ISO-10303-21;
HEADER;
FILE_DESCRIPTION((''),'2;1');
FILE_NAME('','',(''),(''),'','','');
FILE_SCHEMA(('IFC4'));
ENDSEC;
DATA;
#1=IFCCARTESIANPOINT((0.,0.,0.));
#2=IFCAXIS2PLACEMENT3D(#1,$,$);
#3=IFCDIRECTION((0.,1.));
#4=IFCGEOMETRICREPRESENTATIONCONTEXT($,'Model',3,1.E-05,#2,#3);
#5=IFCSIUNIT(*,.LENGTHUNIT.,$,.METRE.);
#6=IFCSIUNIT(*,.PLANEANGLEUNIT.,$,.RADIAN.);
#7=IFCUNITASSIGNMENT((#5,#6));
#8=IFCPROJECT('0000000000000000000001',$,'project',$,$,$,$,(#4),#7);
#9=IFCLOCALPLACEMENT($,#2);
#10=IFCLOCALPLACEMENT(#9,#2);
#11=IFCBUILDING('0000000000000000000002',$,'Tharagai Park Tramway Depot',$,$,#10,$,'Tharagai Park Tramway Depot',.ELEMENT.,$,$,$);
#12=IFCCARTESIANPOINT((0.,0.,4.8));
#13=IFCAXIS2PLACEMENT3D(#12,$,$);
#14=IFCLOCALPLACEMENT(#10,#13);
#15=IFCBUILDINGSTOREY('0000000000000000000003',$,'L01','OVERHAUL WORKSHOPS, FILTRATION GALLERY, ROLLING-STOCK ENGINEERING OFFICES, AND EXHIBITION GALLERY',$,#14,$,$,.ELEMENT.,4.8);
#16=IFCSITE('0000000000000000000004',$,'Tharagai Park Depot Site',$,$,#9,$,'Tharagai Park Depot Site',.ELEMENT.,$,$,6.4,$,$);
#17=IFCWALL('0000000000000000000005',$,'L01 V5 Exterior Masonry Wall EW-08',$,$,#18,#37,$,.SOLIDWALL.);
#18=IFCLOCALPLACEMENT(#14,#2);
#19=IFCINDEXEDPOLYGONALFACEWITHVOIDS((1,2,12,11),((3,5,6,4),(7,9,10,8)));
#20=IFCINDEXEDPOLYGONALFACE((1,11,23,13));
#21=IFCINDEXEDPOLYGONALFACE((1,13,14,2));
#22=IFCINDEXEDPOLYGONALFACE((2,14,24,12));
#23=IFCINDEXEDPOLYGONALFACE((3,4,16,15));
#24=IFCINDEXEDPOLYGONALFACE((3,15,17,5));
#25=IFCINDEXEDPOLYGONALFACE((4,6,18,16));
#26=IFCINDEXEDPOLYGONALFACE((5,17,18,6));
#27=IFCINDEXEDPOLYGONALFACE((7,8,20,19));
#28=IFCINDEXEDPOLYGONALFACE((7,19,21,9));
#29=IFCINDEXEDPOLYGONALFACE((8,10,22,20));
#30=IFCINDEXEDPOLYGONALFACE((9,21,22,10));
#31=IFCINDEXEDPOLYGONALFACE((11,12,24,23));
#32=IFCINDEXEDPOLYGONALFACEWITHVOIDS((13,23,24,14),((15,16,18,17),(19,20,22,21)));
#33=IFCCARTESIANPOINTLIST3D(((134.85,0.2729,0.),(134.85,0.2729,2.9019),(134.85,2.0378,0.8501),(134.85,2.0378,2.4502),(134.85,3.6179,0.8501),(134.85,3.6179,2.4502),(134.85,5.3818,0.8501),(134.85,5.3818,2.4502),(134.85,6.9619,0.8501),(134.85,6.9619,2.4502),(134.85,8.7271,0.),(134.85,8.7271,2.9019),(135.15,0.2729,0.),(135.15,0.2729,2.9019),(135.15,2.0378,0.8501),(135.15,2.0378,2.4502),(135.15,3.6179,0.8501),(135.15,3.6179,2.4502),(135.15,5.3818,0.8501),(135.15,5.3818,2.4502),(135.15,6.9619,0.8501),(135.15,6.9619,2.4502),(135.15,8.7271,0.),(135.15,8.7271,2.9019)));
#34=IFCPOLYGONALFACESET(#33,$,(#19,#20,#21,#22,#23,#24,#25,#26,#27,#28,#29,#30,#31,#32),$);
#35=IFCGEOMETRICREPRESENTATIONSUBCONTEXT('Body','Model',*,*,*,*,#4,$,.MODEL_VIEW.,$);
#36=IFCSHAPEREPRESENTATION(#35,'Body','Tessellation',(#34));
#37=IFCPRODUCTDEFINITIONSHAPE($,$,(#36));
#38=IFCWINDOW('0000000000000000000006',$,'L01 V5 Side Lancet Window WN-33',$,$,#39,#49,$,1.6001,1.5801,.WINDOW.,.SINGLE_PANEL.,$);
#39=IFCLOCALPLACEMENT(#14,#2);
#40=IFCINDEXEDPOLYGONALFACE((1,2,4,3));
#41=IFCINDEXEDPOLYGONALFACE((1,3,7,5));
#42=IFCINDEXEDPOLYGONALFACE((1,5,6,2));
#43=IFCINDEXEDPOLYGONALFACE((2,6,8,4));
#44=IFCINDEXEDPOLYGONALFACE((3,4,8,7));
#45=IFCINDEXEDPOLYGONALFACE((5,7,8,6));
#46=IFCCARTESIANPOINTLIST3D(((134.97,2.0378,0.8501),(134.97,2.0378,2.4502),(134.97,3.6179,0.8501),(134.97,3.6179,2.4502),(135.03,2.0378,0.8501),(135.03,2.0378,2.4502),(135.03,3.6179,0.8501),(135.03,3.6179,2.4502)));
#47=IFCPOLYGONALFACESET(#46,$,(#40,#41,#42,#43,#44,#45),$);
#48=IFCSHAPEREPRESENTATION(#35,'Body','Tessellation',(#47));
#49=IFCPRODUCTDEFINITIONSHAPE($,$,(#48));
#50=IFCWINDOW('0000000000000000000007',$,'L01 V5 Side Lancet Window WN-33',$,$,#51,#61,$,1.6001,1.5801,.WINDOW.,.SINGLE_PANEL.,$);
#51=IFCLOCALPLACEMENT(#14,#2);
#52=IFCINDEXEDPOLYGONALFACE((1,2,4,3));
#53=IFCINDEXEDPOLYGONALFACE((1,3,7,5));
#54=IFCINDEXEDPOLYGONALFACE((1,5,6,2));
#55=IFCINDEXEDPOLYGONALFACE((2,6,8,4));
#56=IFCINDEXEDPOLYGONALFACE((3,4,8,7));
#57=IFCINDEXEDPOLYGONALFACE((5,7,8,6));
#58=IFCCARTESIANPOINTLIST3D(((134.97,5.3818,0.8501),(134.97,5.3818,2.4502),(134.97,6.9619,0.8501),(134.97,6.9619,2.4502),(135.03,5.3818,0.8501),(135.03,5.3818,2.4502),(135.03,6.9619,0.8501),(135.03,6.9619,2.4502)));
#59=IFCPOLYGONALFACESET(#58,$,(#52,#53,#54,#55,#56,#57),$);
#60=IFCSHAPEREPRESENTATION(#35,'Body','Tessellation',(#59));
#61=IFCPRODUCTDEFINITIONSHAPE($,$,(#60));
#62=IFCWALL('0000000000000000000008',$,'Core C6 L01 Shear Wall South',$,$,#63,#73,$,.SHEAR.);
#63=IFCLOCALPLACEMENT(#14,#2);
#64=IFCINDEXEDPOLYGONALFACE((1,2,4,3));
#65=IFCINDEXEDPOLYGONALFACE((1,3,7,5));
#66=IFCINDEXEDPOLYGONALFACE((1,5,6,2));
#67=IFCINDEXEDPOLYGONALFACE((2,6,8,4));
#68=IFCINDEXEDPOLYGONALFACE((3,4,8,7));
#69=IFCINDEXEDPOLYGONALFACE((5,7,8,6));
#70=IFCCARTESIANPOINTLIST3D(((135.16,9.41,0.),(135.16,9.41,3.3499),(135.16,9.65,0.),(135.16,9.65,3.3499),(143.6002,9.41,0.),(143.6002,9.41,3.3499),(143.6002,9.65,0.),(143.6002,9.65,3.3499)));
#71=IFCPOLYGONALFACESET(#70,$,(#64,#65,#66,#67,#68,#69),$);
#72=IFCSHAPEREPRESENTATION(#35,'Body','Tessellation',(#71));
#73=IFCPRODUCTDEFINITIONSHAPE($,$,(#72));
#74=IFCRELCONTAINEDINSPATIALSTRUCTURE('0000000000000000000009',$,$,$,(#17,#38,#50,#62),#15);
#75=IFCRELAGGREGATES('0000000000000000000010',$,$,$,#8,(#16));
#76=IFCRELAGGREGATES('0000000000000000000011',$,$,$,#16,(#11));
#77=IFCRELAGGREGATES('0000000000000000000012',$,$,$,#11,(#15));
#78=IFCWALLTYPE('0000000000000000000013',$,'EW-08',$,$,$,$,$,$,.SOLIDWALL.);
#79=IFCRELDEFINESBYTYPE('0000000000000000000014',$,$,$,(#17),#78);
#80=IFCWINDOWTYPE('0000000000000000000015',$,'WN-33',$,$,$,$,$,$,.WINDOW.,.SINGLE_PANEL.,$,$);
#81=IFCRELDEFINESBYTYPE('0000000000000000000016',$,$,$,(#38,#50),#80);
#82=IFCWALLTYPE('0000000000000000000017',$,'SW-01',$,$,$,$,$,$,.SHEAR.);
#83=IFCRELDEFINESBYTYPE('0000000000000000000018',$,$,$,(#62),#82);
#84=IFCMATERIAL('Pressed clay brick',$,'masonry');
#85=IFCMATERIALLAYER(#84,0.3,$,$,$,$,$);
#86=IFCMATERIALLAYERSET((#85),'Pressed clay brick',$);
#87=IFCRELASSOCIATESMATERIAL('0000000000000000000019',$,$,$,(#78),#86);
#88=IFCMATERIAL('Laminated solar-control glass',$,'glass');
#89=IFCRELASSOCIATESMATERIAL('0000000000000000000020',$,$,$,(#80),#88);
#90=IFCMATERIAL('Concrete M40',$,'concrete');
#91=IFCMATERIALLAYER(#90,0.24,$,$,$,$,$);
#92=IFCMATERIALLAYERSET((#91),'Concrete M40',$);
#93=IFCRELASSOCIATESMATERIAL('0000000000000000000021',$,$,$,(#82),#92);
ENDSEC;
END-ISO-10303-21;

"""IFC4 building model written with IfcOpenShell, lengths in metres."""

from ifc_helpers import new_model, si_unit, direction, frame, frame_2d, origin, place, context, subcontext, project, spatial, rectangle, extrude, material, layer, layer_set, type_object, element, fill, save


model = new_model("IFC4")

# Units and contexts
model_context = context("Model", 3, precision=1e-05, world=origin(), true_north=direction((0.0, 1.0)))
body_context = subcontext(model_context, "Body", "Model", "MODEL_VIEW")
ifc_project = project(units=[si_unit("LENGTHUNIT", "METRE"), si_unit("PLANEANGLEUNIT", "RADIAN")], contexts=[model_context])

# Site, building, storey
site_placement = place(None, origin())
site = spatial("IfcSite", under=ifc_project, at=site_placement, Name="Tharagai Park Depot Site", LongName="Tharagai Park Depot Site", CompositionType="ELEMENT", RefElevation=6.4)
building_placement = place(site_placement, origin())
building = spatial("IfcBuilding", under=site, at=building_placement, Name="Tharagai Park Tramway Depot", LongName="Tharagai Park Tramway Depot", CompositionType="ELEMENT")
storey_placement = place(building_placement, frame((0.0, 0.0, 4.8)))
storey = spatial("IfcBuildingStorey", under=building, at=storey_placement, Name="L01", Description="OVERHAUL WORKSHOPS, FILTRATION GALLERY, ROLLING-STOCK ENGINEERING OFFICES, AND EXHIBITION GALLERY", CompositionType="ELEMENT", Elevation=4.8)

# Shared definitions
ifc_material_1 = material(Name="Concrete M40", Category="concrete")

# Wall, openings, windows
ifc_material_2 = material(Name="Pressed clay brick", Category="masonry")
ifc_layer_1 = layer(ifc_material_2, 0.3)
ifc_layer_set_1 = layer_set([ifc_layer_1], Name="Pressed clay brick")
wall_type_1 = type_object("IfcWallType", Name="EW-08", PredefinedType="SOLIDWALL", material=ifc_layer_set_1)
wall_1_placement = place(storey_placement, frame((135.0, 0.2729, 0.0), z_axis=(0.0, 0.0, 1.0), x_axis=(0.0, 1.0, 0.0)))
wall_1 = element("IfcWall", 1, at=wall_1_placement, inside=storey, type_object=wall_type_1, Name="L01 V5 Exterior Masonry Wall EW-08", PredefinedType="SOLIDWALL", context=body_context, shape_type="SweptSolid", body=[
    extrude(rectangle(XDim=8.4541, YDim=0.3, at=frame_2d((4.2271, 0.0))), origin(), (0.0, 0.0, 1.0), 2.9019),
])
opening_1_placement = place(wall_1_placement, frame((1.7649, 0.0, 0.8501)))
opening_1 = element("IfcOpeningElement", 2, at=opening_1_placement, cuts=wall_1, PredefinedType="OPENING", context=body_context, shape_type="SweptSolid", body=[
    extrude(rectangle(XDim=1.5801, YDim=1.6001, at=frame_2d((0.79, 0.8))), frame((0.0, 0.1599, 0.0), z_axis=(0.0, -1.0, 0.0), x_axis=(1.0, 0.0, 0.0)), (0.0, 0.0, 1.0), 0.3201),
])
opening_2_placement = place(wall_1_placement, frame((5.1089, 0.0, 0.8501)))
opening_2 = element("IfcOpeningElement", 3, at=opening_2_placement, cuts=wall_1, PredefinedType="OPENING", context=body_context, shape_type="SweptSolid", body=[
    extrude(rectangle(XDim=1.5801, YDim=1.6001, at=frame_2d((0.79, 0.8))), frame((0.0, 0.1599, 0.0), z_axis=(0.0, -1.0, 0.0), x_axis=(1.0, 0.0, 0.0)), (0.0, 0.0, 1.0), 0.3201),
])
ifc_material_3 = material(Name="Laminated solar-control glass", Category="glass")
window_type = type_object("IfcWindowType", Name="WN-33", PartitioningType="SINGLE_PANEL", PredefinedType="WINDOW", material=ifc_material_3)
window_1_placement = place(opening_1_placement, origin())
window_1 = element("IfcWindow", 4, at=window_1_placement, inside=storey, type_object=window_type, Name="L01 V5 Side Lancet Window WN-33", OverallHeight=1.6001, OverallWidth=1.5801, PartitioningType="SINGLE_PANEL", PredefinedType="WINDOW", context=body_context, shape_type="SweptSolid", body=[
    extrude(rectangle(XDim=1.5801, YDim=1.6001, at=frame_2d((0.79, 0.8))), frame((0.0, 0.03, 0.0), z_axis=(0.0, -1.0, 0.0), x_axis=(1.0, 0.0, 0.0)), (0.0, 0.0, 1.0), 0.0601),
])
fill(opening_1, window_1)
window_2_placement = place(opening_2_placement, origin())
window_2 = element("IfcWindow", 5, at=window_2_placement, inside=storey, type_object=window_type, Name="L01 V5 Side Lancet Window WN-33", OverallHeight=1.6001, OverallWidth=1.5801, PartitioningType="SINGLE_PANEL", PredefinedType="WINDOW", context=body_context, shape_type="SweptSolid", body=[
    extrude(rectangle(XDim=1.5801, YDim=1.6001, at=frame_2d((0.79, 0.8))), frame((0.0, 0.03, 0.0), z_axis=(0.0, -1.0, 0.0), x_axis=(1.0, 0.0, 0.0)), (0.0, 0.0, 1.0), 0.0601),
])
fill(opening_2, window_2)

# Wall
ifc_layer_2 = layer(ifc_material_1, 0.24)
ifc_layer_set_2 = layer_set([ifc_layer_2], Name="Concrete M40")
wall_type_2 = type_object("IfcWallType", Name="SW-01", PredefinedType="SHEAR", material=ifc_layer_set_2)
wall_2_placement = place(storey_placement, frame((135.1599, 9.53, 0.0), z_axis=(0.0, 0.0, 1.0), x_axis=(1.0, 0.0, 0.0)))
element("IfcWall", 6, at=wall_2_placement, inside=storey, type_object=wall_type_2, Name="Core C6 L01 Shear Wall South", PredefinedType="SHEAR", context=body_context, shape_type="SweptSolid", body=[
    extrude(rectangle(XDim=8.4402, YDim=0.24, at=frame_2d((4.2202, 0.0))), origin(), (0.0, 0.0, 1.0), 3.3499),
])

save(model, "model.ifc")
